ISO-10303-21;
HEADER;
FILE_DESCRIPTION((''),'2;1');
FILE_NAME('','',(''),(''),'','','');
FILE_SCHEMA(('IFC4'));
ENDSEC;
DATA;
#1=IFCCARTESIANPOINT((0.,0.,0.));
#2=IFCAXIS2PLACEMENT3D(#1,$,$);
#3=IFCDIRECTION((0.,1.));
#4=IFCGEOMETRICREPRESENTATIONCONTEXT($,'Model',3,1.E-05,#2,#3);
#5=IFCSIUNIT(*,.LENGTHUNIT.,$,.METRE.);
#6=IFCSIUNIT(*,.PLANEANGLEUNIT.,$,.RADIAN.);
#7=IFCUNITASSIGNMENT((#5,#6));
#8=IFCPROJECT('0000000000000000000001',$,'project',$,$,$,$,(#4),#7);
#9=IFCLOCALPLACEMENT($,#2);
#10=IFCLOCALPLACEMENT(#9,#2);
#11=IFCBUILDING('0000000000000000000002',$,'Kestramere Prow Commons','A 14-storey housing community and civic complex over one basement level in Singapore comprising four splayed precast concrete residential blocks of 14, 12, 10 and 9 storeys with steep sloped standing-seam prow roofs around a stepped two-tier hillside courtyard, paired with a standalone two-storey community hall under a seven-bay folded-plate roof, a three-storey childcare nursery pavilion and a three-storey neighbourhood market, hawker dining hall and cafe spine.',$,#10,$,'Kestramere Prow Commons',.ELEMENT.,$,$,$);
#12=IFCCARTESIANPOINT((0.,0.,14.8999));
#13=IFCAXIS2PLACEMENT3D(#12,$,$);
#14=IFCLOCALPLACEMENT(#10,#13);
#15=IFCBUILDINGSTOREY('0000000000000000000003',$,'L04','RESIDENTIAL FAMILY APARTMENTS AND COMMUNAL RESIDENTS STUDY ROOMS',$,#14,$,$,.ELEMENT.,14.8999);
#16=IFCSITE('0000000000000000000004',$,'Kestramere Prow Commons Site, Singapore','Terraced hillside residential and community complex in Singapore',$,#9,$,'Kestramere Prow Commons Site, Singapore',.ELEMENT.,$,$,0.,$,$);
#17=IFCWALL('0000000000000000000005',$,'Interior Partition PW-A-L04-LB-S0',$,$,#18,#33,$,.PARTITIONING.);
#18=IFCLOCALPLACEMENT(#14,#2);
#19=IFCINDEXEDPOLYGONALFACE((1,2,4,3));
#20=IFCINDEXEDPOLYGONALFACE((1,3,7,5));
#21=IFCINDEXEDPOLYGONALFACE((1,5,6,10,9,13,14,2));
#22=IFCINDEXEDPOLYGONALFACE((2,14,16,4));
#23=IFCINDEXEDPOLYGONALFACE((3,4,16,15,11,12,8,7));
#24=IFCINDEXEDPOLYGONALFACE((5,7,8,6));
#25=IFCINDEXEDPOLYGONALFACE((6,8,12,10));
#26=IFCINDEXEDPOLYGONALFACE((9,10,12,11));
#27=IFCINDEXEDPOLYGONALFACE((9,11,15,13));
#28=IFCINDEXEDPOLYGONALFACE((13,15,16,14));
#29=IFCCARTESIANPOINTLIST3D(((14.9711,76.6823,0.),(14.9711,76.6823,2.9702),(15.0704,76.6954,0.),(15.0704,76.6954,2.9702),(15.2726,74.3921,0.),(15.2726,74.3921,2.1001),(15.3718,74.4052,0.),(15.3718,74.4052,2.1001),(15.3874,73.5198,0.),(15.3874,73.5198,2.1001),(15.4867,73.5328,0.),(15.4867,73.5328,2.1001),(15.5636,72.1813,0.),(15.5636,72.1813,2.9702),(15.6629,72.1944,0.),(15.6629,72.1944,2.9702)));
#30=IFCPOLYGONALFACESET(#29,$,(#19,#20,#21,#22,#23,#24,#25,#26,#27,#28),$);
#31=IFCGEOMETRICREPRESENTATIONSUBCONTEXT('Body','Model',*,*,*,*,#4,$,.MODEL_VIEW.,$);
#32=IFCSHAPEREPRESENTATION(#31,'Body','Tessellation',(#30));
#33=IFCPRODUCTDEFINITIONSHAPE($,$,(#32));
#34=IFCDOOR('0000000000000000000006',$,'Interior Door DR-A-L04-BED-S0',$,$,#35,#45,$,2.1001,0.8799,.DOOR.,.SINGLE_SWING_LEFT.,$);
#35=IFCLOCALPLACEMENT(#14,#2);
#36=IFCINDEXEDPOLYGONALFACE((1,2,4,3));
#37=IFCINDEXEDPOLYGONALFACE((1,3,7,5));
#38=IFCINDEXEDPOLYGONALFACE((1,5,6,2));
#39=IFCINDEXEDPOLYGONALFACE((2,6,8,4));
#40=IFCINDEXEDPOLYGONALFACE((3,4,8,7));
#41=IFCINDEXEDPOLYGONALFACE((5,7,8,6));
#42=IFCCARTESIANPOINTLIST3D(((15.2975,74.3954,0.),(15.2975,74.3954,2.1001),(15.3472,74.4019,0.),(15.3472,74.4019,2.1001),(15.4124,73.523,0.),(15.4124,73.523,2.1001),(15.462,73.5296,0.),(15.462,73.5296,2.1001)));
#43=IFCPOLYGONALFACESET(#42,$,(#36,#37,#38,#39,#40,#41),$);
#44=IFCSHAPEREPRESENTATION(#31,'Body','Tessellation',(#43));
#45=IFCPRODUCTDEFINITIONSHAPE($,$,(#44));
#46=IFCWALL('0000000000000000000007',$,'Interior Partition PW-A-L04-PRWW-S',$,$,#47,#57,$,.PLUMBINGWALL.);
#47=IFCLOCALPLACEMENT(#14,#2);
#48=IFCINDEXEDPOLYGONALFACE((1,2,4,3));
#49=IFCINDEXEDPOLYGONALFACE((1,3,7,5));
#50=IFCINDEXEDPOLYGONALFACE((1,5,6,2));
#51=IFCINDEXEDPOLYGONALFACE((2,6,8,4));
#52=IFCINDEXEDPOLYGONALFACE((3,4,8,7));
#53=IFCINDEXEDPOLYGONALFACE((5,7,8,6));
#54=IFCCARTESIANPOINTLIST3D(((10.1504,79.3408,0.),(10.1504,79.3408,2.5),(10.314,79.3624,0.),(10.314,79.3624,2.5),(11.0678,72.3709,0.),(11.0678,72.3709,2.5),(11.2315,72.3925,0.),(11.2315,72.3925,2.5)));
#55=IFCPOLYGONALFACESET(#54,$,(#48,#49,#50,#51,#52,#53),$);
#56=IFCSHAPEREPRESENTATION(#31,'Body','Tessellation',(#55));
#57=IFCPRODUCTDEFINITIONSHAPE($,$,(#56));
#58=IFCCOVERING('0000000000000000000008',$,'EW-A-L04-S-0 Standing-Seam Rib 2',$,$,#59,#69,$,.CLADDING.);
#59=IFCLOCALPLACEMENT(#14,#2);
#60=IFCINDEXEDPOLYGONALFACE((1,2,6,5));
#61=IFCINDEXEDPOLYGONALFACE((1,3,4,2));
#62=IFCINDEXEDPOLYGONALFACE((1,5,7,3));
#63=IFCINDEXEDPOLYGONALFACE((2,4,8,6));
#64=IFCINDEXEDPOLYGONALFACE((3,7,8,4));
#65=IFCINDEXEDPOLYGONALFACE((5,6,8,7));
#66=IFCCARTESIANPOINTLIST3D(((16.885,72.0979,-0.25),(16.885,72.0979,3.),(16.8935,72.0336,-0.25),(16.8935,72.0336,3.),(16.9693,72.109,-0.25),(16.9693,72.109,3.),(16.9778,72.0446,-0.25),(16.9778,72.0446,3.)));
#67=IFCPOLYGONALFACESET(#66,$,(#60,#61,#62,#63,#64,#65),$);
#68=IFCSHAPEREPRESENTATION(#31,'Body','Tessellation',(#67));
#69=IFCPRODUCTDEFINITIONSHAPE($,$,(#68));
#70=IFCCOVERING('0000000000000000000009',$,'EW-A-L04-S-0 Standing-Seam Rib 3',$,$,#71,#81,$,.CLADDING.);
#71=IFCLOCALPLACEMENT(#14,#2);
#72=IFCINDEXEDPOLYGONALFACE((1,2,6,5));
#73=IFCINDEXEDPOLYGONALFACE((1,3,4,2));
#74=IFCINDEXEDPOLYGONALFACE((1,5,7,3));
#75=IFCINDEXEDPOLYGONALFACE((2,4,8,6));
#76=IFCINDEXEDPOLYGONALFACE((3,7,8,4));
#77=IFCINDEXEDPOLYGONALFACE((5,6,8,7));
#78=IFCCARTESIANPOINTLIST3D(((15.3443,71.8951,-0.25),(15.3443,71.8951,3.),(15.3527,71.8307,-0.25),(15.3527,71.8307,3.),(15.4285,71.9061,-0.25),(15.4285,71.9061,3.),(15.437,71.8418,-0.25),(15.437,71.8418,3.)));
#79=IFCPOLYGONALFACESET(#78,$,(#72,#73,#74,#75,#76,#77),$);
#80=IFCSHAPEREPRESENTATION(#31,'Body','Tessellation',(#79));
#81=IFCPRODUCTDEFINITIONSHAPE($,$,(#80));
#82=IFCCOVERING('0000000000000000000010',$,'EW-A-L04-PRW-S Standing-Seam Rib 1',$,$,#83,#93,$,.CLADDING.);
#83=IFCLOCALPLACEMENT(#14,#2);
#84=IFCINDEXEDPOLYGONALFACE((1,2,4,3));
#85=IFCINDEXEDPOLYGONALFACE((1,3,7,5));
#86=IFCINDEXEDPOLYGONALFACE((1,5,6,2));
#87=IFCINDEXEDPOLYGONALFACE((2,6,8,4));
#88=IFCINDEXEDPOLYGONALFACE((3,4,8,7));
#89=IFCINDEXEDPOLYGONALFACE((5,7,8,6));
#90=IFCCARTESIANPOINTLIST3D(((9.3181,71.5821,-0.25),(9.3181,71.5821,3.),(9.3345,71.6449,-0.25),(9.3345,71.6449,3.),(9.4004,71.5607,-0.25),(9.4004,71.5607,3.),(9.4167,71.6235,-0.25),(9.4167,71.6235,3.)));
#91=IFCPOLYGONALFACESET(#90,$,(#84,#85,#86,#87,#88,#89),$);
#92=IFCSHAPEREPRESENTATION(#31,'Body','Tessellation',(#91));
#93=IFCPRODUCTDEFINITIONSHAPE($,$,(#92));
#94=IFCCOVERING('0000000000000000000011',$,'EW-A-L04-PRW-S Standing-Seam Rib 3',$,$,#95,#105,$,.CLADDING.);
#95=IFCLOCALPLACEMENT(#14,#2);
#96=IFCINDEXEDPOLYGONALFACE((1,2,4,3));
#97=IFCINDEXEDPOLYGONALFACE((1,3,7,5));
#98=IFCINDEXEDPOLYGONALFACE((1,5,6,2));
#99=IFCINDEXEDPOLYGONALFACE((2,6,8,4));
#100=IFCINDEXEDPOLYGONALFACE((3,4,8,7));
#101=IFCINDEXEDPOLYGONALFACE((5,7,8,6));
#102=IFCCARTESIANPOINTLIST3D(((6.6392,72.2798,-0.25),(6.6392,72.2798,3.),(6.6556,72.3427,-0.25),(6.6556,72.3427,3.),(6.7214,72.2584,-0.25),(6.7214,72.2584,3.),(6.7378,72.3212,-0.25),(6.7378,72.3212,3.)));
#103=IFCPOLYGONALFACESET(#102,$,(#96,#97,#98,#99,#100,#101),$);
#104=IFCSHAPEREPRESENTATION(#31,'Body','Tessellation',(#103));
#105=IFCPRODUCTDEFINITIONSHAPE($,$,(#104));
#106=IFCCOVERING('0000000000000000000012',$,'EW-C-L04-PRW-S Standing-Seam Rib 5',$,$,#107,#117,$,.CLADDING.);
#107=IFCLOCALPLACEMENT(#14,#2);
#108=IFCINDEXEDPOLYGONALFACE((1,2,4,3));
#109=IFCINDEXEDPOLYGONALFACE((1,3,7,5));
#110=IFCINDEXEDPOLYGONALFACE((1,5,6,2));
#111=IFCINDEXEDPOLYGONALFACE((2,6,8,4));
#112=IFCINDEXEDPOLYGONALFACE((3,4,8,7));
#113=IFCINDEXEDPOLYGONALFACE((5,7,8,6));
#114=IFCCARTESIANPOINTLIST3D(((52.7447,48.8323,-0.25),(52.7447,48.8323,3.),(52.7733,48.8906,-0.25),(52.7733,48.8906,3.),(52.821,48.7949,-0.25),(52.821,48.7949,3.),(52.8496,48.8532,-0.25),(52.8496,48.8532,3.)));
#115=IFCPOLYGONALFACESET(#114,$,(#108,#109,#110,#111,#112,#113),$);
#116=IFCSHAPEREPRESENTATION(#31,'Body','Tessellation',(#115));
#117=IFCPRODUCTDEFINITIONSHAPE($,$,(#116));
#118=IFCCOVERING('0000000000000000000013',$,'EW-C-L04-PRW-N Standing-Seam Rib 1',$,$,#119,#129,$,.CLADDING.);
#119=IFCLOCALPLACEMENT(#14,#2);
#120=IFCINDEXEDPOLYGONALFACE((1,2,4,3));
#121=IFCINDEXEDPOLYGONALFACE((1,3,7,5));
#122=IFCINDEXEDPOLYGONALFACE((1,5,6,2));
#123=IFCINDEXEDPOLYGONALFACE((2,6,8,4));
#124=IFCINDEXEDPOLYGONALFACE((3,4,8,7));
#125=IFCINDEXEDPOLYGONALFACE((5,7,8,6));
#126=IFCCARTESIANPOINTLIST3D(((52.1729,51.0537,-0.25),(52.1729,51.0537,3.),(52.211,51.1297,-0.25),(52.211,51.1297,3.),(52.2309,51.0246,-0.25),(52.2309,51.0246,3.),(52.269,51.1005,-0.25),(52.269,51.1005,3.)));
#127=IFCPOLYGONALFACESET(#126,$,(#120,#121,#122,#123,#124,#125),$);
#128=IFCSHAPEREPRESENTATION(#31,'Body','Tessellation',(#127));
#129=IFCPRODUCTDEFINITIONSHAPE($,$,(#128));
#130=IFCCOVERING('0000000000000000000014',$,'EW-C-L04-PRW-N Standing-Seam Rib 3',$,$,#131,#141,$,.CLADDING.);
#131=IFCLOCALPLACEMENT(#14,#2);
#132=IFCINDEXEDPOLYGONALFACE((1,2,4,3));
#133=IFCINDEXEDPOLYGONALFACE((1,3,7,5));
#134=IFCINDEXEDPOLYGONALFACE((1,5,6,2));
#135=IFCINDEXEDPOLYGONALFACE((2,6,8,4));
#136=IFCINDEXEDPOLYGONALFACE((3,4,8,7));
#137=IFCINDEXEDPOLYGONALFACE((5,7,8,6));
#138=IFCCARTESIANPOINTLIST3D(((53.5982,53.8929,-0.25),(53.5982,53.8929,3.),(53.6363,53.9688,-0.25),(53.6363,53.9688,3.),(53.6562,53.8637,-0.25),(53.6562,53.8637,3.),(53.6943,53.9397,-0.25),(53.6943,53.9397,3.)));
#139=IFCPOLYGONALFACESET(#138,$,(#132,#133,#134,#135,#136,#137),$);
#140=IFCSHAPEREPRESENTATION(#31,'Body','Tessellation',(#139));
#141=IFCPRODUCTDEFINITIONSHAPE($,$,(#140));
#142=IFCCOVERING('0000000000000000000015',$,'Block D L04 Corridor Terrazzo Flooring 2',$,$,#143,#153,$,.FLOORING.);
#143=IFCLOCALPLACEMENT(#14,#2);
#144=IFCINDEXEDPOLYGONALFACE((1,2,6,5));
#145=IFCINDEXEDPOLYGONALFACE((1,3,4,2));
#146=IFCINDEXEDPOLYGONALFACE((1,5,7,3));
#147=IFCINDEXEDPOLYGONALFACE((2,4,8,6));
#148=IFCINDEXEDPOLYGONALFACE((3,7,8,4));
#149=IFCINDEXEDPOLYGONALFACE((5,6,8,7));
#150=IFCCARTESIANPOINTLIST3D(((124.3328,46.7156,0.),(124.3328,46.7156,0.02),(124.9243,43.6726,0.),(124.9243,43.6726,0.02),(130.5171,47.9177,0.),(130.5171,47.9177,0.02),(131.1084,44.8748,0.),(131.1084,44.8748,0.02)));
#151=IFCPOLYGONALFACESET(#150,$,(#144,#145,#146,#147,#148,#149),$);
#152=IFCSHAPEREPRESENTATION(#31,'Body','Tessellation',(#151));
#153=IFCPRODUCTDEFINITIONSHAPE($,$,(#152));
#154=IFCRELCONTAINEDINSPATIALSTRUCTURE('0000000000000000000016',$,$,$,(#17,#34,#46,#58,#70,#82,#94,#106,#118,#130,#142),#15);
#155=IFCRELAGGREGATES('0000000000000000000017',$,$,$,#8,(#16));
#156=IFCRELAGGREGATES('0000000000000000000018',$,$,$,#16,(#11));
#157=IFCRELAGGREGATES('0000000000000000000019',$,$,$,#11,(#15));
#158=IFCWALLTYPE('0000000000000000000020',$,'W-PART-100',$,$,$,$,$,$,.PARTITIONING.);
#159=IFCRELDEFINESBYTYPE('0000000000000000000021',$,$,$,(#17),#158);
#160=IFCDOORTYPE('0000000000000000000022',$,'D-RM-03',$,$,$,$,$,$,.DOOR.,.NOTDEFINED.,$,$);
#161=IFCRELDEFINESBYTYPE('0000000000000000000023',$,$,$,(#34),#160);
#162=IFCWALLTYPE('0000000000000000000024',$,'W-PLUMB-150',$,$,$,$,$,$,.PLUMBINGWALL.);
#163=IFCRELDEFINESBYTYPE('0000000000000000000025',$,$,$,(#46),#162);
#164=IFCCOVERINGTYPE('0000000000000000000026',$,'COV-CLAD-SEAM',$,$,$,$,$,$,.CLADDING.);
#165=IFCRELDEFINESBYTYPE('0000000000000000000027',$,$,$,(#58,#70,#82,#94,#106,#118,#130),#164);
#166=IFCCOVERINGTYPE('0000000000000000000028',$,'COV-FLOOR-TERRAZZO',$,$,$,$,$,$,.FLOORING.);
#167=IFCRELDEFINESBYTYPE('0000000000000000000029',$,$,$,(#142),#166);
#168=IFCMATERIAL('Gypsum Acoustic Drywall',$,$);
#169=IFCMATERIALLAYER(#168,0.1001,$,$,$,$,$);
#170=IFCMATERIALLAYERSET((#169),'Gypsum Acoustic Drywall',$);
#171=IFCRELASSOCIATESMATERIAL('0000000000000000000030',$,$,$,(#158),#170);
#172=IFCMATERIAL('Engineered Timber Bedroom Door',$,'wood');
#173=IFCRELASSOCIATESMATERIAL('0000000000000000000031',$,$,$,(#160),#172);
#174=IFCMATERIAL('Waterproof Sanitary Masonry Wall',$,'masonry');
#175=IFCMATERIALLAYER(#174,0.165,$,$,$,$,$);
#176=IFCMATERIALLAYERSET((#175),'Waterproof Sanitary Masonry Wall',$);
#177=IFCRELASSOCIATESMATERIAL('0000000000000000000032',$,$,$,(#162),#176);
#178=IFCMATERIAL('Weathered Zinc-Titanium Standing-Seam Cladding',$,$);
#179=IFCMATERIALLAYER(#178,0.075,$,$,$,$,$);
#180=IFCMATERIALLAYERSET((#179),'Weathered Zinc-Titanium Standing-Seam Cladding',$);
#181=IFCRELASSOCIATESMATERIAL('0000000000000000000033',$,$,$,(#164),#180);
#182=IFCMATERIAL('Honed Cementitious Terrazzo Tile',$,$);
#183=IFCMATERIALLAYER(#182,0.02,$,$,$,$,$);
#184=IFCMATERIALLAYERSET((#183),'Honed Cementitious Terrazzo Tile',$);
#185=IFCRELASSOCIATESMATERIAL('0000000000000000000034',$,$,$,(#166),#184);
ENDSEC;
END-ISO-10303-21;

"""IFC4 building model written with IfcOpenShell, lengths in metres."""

from ifc_helpers import new_model, si_unit, direction, frame, frame_2d, origin, origin_2d, place, context, subcontext, project, spatial, polyline, rectangle, outline, extrude, material, layer, layer_set, type_object, element, fill, save


model = new_model("IFC4")

# Units and contexts
model_context = context("Model", 3, precision=1e-05, world=origin(), true_north=direction((0.0, 1.0)))
body_context = subcontext(model_context, "Body", "Model", "MODEL_VIEW")
ifc_project = project(units=[si_unit("LENGTHUNIT", "METRE"), si_unit("PLANEANGLEUNIT", "RADIAN")], contexts=[model_context])

# Site, building, storey
site_placement = place(None, origin())
site = spatial("IfcSite", under=ifc_project, at=site_placement, Name="Kestramere Prow Commons Site, Singapore", Description="Terraced hillside residential and community complex in Singapore", LongName="Kestramere Prow Commons Site, Singapore", CompositionType="ELEMENT", RefElevation=0.0)
building_placement = place(site_placement, origin())
building = spatial("IfcBuilding", under=site, at=building_placement, Name="Kestramere Prow Commons", Description="A 14-storey housing community and civic complex over one basement level in Singapore comprising four splayed precast concrete residential blocks of 14, 12, 10 and 9 storeys with steep sloped standing-seam prow roofs around a stepped two-tier hillside courtyard, paired with a standalone two-storey community hall under a seven-bay folded-plate roof, a three-storey childcare nursery pavilion and a three-storey neighbourhood market, hawker dining hall and cafe spine.", LongName="Kestramere Prow Commons", CompositionType="ELEMENT")
storey_placement = place(building_placement, frame((0.0, 0.0, 14.8999)))
storey = spatial("IfcBuildingStorey", under=building, at=storey_placement, Name="L04", Description="RESIDENTIAL FAMILY APARTMENTS AND COMMUNAL RESIDENTS STUDY ROOMS", CompositionType="ELEMENT", Elevation=14.8999)

# Shared definitions
ifc_material_1 = material(Name="Weathered Zinc-Titanium Standing-Seam Cladding")

# Wall, opening, door
ifc_material_2 = material(Name="Gypsum Acoustic Drywall")
ifc_layer_1 = layer(ifc_material_2, 0.1001)
ifc_layer_set_1 = layer_set([ifc_layer_1], Name="Gypsum Acoustic Drywall")
wall_type_1 = type_object("IfcWallType", Name="W-PART-100", PredefinedType="PARTITIONING", material=ifc_layer_set_1)
wall_1_placement = place(storey_placement, frame((15.6133, 72.1877, 0.0), z_axis=(0.0, 0.0, 1.0), x_axis=(-0.130519, 0.991446, 0.0)))
wall_1 = element("IfcWall", 1, at=wall_1_placement, inside=storey, type_object=wall_type_1, Name="Interior Partition PW-A-L04-LB-S0", PredefinedType="PARTITIONING", context=body_context, shape_type="SweptSolid", body=[
    extrude(rectangle(XDim=4.5398, YDim=0.1001, at=frame_2d((2.27, 0.0))), origin(), (0.0, 0.0, 1.0), 2.9702),
])
opening_1_placement = place(wall_1_placement, frame((1.3501, 0.0, 0.0)))
opening_1 = element("IfcOpeningElement", 2, at=opening_1_placement, cuts=wall_1, PredefinedType="OPENING", context=body_context, shape_type="SweptSolid", body=[
    extrude(rectangle(XDim=0.8799, YDim=2.1001, at=frame_2d((0.4399, 1.05))), frame((0.0, 0.0649, 0.0), z_axis=(0.0, -1.0, 0.0), x_axis=(1.0, 0.0, 0.0)), (0.0, 0.0, 1.0), 0.1301),
])
ifc_material_3 = material(Name="Engineered Timber Bedroom Door", Category="wood")
door_type = type_object("IfcDoorType", Name="D-RM-03", OperationType="NOTDEFINED", PredefinedType="DOOR", material=ifc_material_3)
door_placement = place(opening_1_placement, origin())
door = element("IfcDoor", 3, at=door_placement, inside=storey, type_object=door_type, Name="Interior Door DR-A-L04-BED-S0", OperationType="SINGLE_SWING_LEFT", OverallHeight=2.1001, OverallWidth=0.8799, PredefinedType="DOOR", context=body_context, shape_type="SweptSolid", body=[
    extrude(rectangle(XDim=0.8799, YDim=2.1001, at=frame_2d((0.4399, 1.05))), frame((0.0, 0.0249, 0.0), z_axis=(0.0, -1.0, 0.0), x_axis=(1.0, 0.0, 0.0)), (0.0, 0.0, 1.0), 0.05),
])
fill(opening_1, door)

# Wall
ifc_material_4 = material(Name="Waterproof Sanitary Masonry Wall", Category="masonry")
ifc_layer_2 = layer(ifc_material_4, 0.165)
ifc_layer_set_2 = layer_set([ifc_layer_2], Name="Waterproof Sanitary Masonry Wall")
wall_type_2 = type_object("IfcWallType", Name="W-PLUMB-150", PredefinedType="PLUMBINGWALL", material=ifc_layer_set_2)
wall_2_placement = place(storey_placement, frame((11.1497, 72.3816, 0.0), z_axis=(0.0, 0.0, 1.0), x_axis=(-0.130508, 0.991447, 0.0)))
element("IfcWall", 4, at=wall_2_placement, inside=storey, type_object=wall_type_2, Name="Interior Partition PW-A-L04-PRWW-S", PredefinedType="PLUMBINGWALL", context=body_context, shape_type="SweptSolid", body=[
    extrude(rectangle(XDim=7.03, YDim=0.165, at=frame_2d((3.5151, 0.0))), origin(), (0.0, 0.0, 1.0), 2.5),
])

# Coverings
ifc_layer_3 = layer(ifc_material_1, 0.075)
ifc_layer_set_3 = layer_set([ifc_layer_3], Name="Weathered Zinc-Titanium Standing-Seam Cladding")
covering_type_1 = type_object("IfcCoveringType", Name="COV-CLAD-SEAM", PredefinedType="CLADDING", material=ifc_layer_set_3)
for number, where, z_axis, x_axis, name in (
    (5, (16.9314, 72.0713, -0.25), (0.0, 0.0, 1.0), (-0.991445, -0.130526, 0.0), "EW-A-L04-S-0 Standing-Seam Rib 2"),
    (6, (15.3906, 71.8684, -0.25), (0.0, 0.0, 1.0), (-0.991445, -0.130526, 0.0), "EW-A-L04-S-0 Standing-Seam Rib 3"),
    (7, (9.3674, 71.6028, -0.25), (0.0, 0.0, 1.0), (-0.967698, 0.252112, 0.0), "EW-A-L04-PRW-S Standing-Seam Rib 1"),
    (8, (6.6885, 72.3005, -0.25), (0.0, 0.0, 1.0), (-0.967698, 0.252112, 0.0), "EW-A-L04-PRW-S Standing-Seam Rib 3"),
    (9, (52.7971, 48.8428, -0.25), (0.0, 0.0, 1.0), (-0.897771, 0.440463, 0.0), "EW-C-L04-PRW-S Standing-Seam Rib 5"),
    (10, (52.2209, 51.0771, -0.25), (0.0, 0.0, 1.0), (0.44862, 0.893722, 0.0), "EW-C-L04-PRW-N Standing-Seam Rib 1"),
    (11, (53.6462, 53.9163, -0.25), (0.0, 0.0, 1.0), (0.44862, 0.893722, 0.0), "EW-C-L04-PRW-N Standing-Seam Rib 3"),
):
    element("IfcCovering", number, at=place(storey_placement, frame(where, z_axis=z_axis, x_axis=x_axis)), inside=storey, type_object=covering_type_1, Name=name, PredefinedType="CLADDING", context=body_context, shape_type="SweptSolid", body=[
        extrude(rectangle(XDim=0.085, YDim=0.0649, at=origin_2d()), origin(), (0.0, 0.0, 1.0), 3.25),
    ])
ifc_material_5 = material(Name="Honed Cementitious Terrazzo Tile")
ifc_layer_4 = layer(ifc_material_5, 0.02)
ifc_layer_set_4 = layer_set([ifc_layer_4], Name="Honed Cementitious Terrazzo Tile")
covering_type_2 = type_object("IfcCoveringType", Name="COV-FLOOR-TERRAZZO", PredefinedType="FLOORING", material=ifc_layer_set_4)
covering_placement = place(storey_placement, origin())
element("IfcCovering", 12, at=covering_placement, inside=storey, type_object=covering_type_2, Name="Block D L04 Corridor Terrazzo Flooring 2", PredefinedType="FLOORING", context=body_context, shape_type="SweptSolid", body=[
    extrude(outline(polyline([(124.9243, 43.6726), (131.1084, 44.8748), (130.5171, 47.9177), (124.3328, 46.7156), (124.9243, 43.6726)])), origin(), (0.0, 0.0, 1.0), 0.02),
])

save(model, "model.ifc")
